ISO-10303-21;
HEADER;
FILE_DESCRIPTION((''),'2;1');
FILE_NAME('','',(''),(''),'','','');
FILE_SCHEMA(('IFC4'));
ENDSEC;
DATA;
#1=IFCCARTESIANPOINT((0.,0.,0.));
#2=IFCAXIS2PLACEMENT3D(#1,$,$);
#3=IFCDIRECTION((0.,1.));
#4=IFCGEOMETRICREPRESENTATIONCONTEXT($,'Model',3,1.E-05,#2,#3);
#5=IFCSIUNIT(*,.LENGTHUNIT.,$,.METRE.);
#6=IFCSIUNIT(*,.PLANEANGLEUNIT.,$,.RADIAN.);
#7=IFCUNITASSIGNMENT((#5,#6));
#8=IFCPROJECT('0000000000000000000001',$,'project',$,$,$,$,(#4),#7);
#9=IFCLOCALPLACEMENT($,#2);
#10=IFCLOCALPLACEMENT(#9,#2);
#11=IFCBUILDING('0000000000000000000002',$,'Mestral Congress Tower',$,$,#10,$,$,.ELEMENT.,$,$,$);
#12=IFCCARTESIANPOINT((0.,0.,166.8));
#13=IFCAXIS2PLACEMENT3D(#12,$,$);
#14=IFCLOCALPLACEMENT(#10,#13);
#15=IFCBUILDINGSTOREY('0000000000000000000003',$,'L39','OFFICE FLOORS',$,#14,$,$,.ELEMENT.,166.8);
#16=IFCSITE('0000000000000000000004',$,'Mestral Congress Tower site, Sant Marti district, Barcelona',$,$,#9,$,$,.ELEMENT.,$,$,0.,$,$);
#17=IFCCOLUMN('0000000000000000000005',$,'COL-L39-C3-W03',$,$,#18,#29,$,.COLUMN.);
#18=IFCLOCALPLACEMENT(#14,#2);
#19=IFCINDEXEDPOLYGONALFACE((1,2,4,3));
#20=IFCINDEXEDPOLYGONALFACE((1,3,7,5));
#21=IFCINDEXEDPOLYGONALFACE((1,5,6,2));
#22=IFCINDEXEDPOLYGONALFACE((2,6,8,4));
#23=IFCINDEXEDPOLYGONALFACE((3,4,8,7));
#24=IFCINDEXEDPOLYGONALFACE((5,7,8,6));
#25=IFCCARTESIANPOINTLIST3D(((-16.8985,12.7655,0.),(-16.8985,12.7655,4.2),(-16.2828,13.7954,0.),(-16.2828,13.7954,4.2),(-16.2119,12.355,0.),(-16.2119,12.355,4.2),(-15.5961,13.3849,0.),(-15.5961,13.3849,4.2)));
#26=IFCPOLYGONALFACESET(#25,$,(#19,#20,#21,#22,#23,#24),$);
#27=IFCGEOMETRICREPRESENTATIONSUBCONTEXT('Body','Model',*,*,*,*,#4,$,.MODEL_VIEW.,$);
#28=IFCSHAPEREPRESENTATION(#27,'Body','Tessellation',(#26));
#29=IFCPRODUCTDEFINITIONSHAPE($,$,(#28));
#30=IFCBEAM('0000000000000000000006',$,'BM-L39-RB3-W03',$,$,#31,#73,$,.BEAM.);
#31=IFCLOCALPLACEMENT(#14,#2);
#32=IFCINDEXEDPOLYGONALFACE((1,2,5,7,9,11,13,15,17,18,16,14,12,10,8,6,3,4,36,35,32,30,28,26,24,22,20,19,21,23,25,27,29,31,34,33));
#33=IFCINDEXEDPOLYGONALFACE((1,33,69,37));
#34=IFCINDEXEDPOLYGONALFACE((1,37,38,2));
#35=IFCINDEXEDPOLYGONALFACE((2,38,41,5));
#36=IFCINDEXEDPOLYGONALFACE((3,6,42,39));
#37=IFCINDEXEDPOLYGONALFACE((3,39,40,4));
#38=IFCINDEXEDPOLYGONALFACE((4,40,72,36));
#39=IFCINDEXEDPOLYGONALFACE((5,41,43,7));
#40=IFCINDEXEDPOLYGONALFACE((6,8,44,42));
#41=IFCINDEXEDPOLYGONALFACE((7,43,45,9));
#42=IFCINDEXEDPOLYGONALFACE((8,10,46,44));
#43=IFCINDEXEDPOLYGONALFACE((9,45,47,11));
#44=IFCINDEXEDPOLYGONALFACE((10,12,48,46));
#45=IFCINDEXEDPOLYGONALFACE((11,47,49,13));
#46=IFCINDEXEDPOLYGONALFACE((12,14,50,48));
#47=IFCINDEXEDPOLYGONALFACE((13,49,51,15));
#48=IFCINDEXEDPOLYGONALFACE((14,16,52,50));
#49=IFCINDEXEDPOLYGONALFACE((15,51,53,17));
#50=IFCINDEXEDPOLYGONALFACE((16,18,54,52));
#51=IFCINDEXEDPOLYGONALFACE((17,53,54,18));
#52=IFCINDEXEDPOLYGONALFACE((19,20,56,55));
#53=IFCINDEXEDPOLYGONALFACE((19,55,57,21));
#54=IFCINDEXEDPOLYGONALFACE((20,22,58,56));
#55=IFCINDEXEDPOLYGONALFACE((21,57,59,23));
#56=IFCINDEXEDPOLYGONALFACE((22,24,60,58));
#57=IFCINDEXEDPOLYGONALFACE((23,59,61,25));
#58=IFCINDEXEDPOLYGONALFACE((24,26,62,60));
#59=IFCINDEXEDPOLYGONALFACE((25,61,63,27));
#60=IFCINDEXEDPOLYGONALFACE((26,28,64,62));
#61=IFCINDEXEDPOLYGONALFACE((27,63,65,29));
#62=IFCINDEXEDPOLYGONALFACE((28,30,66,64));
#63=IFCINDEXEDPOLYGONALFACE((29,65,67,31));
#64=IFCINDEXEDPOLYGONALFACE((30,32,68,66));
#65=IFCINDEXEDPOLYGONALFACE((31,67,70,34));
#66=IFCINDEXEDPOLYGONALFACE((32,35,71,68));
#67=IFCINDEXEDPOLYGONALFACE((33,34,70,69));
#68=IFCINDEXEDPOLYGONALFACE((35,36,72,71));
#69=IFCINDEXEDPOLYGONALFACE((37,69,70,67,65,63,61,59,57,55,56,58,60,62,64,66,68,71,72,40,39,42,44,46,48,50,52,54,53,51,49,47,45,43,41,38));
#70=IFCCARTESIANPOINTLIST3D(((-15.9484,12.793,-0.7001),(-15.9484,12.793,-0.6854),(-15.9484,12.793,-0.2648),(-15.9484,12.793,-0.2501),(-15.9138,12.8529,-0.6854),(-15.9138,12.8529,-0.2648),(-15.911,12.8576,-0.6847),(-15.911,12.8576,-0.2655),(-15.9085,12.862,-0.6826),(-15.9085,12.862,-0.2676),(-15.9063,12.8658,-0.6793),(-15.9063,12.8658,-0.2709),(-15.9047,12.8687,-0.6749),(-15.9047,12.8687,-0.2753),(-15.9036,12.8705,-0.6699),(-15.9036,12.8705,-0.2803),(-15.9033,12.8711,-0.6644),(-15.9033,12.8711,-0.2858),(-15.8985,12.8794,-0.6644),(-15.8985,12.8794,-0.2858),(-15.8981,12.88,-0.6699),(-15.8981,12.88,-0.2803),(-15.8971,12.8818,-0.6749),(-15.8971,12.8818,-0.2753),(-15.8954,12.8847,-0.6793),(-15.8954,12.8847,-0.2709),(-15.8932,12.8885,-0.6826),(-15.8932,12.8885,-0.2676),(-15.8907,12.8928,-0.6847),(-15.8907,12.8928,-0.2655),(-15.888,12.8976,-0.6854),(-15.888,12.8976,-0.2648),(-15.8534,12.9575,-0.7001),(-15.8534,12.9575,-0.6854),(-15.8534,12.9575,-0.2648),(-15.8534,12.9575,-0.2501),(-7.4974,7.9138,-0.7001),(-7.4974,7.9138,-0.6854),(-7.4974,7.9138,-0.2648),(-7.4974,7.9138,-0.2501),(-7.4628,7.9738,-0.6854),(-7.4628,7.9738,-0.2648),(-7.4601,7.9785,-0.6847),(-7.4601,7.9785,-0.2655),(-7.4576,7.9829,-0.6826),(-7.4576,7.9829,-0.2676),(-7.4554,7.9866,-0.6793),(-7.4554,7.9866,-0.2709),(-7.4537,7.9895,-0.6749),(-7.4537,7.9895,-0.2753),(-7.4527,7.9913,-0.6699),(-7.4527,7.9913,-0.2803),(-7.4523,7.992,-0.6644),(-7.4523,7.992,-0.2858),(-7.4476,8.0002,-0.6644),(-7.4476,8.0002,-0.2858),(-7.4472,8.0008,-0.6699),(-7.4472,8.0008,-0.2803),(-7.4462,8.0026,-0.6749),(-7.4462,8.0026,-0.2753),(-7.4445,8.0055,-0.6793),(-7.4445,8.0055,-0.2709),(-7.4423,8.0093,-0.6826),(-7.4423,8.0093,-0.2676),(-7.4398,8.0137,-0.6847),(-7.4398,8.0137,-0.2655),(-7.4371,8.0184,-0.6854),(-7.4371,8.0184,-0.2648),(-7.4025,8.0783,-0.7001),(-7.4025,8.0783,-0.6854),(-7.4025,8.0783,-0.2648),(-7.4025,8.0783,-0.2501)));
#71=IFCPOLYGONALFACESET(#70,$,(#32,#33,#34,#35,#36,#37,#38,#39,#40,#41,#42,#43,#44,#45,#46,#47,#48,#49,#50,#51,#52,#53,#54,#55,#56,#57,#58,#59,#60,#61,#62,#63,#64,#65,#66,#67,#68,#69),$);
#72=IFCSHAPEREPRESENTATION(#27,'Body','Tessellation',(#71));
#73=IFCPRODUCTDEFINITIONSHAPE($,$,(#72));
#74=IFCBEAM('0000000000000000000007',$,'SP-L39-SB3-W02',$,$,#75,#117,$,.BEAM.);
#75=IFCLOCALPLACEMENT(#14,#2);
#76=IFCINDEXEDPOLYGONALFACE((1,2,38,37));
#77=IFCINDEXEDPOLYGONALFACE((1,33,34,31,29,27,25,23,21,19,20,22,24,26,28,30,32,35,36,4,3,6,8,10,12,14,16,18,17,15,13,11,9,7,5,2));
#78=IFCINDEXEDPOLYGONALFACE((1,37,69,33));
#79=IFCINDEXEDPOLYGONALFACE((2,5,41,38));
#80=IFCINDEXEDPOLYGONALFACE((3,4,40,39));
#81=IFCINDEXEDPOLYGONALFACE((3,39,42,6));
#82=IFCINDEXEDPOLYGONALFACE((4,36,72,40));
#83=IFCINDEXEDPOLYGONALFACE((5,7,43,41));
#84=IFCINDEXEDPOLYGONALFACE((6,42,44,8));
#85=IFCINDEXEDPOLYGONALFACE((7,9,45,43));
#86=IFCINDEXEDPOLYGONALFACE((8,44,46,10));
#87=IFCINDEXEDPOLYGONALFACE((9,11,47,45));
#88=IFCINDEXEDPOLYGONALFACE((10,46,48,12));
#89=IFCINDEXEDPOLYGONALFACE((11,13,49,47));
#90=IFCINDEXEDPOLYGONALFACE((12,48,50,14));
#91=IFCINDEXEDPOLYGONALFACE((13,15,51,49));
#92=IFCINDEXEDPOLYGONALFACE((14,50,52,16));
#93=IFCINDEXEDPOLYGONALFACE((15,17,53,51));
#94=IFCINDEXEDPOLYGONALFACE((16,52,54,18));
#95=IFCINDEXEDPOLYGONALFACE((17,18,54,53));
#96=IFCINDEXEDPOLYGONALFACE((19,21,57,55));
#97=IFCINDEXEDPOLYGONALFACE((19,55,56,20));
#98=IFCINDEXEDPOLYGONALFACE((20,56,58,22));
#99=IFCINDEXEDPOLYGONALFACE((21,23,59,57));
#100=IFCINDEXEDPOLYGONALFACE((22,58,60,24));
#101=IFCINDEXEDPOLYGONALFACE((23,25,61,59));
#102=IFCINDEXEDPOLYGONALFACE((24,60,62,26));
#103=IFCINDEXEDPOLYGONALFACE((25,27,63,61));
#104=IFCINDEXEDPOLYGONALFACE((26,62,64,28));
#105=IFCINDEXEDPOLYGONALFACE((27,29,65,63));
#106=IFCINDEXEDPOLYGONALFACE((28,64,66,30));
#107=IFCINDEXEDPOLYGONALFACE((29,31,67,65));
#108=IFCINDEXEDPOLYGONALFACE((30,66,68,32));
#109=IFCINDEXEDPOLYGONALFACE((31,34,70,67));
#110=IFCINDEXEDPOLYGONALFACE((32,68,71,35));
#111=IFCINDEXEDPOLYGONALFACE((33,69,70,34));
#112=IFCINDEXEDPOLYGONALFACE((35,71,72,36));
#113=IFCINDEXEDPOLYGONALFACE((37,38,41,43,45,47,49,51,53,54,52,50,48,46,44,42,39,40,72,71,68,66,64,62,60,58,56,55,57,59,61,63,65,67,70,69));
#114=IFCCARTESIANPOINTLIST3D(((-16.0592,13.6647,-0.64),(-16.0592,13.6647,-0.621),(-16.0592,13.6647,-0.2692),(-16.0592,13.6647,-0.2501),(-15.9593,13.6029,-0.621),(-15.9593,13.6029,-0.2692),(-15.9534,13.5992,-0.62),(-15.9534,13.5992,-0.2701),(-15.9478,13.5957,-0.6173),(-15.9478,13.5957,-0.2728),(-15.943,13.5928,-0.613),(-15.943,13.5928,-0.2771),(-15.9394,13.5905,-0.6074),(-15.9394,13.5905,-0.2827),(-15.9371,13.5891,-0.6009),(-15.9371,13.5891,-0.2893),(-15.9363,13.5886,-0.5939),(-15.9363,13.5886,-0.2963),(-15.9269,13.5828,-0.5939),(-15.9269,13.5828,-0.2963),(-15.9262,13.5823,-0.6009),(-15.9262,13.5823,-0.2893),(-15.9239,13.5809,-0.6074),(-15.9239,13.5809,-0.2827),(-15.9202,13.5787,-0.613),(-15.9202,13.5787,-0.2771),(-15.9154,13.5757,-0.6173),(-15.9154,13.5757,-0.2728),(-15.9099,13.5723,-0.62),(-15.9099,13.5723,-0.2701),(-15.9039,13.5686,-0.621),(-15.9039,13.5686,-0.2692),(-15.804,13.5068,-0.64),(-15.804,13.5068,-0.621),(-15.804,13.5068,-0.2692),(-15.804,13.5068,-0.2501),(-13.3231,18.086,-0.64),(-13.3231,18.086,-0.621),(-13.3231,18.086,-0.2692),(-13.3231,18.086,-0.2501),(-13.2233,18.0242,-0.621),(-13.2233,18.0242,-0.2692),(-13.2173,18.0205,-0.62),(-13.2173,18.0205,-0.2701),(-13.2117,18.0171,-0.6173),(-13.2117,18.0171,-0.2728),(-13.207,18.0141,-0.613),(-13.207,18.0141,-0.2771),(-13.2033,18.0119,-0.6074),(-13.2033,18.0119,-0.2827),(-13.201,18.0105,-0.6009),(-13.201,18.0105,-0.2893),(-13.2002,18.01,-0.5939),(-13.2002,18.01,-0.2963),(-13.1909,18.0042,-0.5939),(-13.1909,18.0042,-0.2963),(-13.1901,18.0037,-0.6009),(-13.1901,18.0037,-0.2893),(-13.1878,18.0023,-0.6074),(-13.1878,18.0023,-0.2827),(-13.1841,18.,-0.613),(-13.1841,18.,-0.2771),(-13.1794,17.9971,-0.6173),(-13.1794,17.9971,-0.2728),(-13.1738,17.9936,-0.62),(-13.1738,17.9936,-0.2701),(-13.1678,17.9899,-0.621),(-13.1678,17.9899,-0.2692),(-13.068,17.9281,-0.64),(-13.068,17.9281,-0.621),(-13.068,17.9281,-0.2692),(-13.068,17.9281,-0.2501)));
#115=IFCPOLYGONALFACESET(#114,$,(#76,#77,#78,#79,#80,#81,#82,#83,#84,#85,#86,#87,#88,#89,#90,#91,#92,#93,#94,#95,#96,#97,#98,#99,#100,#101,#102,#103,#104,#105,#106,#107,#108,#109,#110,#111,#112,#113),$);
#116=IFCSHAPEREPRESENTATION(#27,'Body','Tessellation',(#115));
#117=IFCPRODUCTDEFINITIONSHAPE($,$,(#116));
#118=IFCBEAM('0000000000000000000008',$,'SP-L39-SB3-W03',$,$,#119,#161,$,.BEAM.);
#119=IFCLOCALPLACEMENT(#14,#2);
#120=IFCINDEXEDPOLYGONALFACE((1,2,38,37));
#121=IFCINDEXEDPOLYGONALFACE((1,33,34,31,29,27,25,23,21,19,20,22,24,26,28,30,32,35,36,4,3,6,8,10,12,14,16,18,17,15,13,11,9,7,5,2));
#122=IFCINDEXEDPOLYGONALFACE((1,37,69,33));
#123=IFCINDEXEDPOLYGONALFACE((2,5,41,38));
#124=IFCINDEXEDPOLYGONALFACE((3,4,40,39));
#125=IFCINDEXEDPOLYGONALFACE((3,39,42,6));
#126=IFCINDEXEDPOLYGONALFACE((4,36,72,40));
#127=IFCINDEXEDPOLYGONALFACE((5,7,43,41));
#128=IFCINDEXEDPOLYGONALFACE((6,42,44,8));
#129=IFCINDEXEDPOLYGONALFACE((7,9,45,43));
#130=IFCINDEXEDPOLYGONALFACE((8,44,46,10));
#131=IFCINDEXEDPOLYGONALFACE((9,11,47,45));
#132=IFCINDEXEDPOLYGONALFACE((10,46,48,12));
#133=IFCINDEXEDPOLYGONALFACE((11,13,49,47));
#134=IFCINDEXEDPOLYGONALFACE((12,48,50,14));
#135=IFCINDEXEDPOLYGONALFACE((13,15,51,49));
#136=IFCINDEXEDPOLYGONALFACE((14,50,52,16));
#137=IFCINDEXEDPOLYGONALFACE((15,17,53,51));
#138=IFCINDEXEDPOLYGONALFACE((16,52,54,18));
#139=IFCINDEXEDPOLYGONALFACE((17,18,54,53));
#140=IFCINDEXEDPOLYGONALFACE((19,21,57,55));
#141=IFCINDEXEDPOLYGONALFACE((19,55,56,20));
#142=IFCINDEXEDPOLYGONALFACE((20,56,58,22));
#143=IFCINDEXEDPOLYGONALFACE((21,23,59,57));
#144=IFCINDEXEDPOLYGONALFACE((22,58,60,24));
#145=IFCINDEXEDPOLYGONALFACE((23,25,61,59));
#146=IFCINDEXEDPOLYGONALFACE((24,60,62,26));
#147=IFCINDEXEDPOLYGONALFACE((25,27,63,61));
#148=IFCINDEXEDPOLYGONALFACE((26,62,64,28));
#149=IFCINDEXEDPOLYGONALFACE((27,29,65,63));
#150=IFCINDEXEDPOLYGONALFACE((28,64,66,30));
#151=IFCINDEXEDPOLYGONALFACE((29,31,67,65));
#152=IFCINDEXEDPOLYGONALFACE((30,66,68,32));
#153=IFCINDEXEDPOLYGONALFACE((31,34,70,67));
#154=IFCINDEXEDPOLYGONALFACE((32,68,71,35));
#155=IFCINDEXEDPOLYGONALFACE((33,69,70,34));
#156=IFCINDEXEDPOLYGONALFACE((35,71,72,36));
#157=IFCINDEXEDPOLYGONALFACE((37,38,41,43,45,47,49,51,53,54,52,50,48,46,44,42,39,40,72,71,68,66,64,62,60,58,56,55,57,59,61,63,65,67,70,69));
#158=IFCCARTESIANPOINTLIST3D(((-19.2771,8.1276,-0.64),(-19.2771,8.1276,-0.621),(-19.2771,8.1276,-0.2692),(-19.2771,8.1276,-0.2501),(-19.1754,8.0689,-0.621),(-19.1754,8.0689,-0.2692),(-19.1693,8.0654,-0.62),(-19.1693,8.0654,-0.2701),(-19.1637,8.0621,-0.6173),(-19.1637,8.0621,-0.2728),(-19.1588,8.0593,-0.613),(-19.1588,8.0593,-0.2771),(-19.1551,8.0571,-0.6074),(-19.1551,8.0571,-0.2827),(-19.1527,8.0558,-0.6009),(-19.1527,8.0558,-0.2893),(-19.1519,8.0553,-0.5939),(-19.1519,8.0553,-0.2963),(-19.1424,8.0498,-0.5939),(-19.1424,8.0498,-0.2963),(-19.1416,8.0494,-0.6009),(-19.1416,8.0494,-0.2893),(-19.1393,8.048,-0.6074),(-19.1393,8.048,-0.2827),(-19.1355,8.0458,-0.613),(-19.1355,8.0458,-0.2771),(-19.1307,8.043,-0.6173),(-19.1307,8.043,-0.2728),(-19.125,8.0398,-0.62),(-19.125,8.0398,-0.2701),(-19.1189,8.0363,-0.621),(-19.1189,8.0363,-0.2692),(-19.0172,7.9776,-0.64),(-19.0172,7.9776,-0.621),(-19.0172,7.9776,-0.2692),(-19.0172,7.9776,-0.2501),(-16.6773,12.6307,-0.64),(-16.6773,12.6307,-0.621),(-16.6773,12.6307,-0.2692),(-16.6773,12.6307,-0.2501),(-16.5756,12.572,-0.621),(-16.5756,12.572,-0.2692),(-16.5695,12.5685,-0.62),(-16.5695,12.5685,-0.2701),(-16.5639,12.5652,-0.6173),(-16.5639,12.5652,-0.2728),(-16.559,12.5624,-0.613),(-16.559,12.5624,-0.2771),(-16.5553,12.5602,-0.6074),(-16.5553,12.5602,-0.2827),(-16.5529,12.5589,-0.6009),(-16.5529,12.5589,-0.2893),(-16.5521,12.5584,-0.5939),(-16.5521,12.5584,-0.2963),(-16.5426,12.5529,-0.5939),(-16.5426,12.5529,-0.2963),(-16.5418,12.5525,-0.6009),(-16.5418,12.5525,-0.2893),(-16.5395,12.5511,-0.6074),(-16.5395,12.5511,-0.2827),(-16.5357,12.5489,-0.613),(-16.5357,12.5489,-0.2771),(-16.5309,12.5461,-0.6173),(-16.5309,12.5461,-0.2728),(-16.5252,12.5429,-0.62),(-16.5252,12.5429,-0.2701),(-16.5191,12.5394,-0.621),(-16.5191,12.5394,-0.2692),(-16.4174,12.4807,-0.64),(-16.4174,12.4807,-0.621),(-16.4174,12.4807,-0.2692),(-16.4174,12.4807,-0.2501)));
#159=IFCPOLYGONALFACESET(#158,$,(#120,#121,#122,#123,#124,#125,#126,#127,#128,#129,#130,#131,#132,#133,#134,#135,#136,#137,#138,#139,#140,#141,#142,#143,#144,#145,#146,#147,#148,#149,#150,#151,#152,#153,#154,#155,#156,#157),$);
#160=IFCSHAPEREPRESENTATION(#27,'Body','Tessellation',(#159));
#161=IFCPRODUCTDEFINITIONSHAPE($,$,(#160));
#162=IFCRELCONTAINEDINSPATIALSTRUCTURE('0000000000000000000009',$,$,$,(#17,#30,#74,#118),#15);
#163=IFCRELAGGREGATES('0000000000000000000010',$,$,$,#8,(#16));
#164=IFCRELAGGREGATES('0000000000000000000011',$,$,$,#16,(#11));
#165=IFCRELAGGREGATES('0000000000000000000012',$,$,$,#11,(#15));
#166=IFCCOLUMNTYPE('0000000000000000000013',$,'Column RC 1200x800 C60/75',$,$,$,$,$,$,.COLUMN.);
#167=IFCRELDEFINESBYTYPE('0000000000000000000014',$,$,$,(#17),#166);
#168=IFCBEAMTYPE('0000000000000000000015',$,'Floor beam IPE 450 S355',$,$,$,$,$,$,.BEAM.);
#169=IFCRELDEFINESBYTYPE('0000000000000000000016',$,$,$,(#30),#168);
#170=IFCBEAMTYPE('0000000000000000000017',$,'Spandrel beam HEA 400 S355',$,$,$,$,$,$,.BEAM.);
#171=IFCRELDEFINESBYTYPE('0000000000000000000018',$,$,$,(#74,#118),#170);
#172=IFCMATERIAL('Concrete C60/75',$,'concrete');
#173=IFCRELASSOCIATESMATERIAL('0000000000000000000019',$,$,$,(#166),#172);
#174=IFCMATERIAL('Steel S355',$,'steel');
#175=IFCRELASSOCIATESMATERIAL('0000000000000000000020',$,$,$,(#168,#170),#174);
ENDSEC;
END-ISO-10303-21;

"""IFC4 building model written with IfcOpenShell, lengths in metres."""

from ifc_helpers import new_model, si_unit, direction, frame, origin, origin_2d, place, context, subcontext, project, spatial, rectangle, i_section, extrude, material, material_profile, profile_set, type_object, element, save


model = new_model("IFC4")

# Units and contexts
model_context = context("Model", 3, precision=1e-05, world=origin(), true_north=direction((0.0, 1.0)))
body_context = subcontext(model_context, "Body", "Model", "MODEL_VIEW")
ifc_project = project(units=[si_unit("LENGTHUNIT", "METRE"), si_unit("PLANEANGLEUNIT", "RADIAN")], contexts=[model_context])

# Site, building, storey
site_placement = place(None, origin())
site = spatial("IfcSite", under=ifc_project, at=site_placement, Name="Mestral Congress Tower site, Sant Marti district, Barcelona", CompositionType="ELEMENT", RefElevation=0.0)
building_placement = place(site_placement, origin())
building = spatial("IfcBuilding", under=site, at=building_placement, Name="Mestral Congress Tower", CompositionType="ELEMENT")
storey_placement = place(building_placement, frame((0.0, 0.0, 166.8)))
storey = spatial("IfcBuildingStorey", under=building, at=storey_placement, Name="L39", Description="OFFICE FLOORS", CompositionType="ELEMENT", Elevation=166.8)

# Column
ifc_material_1 = material(Name="Concrete C60/75", Category="concrete")
ifc_material_profile_1 = material_profile(ifc_material_1, rectangle(XDim=1.2, YDim=0.8, at=origin_2d()), Name="RC 1200x800")
ifc_profile_set_1 = profile_set([ifc_material_profile_1], Name="Concrete C60/75")
column_type = type_object("IfcColumnType", Name="Column RC 1200x800 C60/75", PredefinedType="COLUMN", material=ifc_profile_set_1)
column_placement = place(storey_placement, frame((-16.2473, 13.0752, 0.0), z_axis=(0.0, 0.0, 1.0), x_axis=(-0.513159, -0.858293, 0.0)))
element("IfcColumn", 1, at=column_placement, inside=storey, type_object=column_type, Name="COL-L39-C3-W03", PredefinedType="COLUMN", context=body_context, shape_type="SweptSolid", body=[
    extrude(rectangle(XDim=1.2, YDim=0.8, at=origin_2d()), origin(), (0.0, 0.0, 1.0), 4.2),
])

# Beams
ifc_material_2 = material(Name="Steel S355", Category="steel")
ifc_material_profile_2 = material_profile(ifc_material_2, i_section(OverallWidth=0.1899, OverallDepth=0.45, WebThickness=0.0095, FlangeThickness=0.0146, FilletRadius=0.021, at=origin_2d()), Name="IPE 450")
ifc_profile_set_2 = profile_set([ifc_material_profile_2], Name="Steel S355")
beam_type_1 = type_object("IfcBeamType", Name="Floor beam IPE 450 S355", PredefinedType="BEAM", material=ifc_profile_set_2)
beam_1_placement = place(storey_placement, frame((-15.9009, 12.8752, -0.4751), z_axis=(0.866025, -0.5, 0.0), x_axis=(0.5, 0.866025, 0.0)))
element("IfcBeam", 2, at=beam_1_placement, inside=storey, type_object=beam_type_1, Name="BM-L39-RB3-W03", PredefinedType="BEAM", context=body_context, shape_type="SweptSolid", body=[
    extrude(i_section(OverallWidth=0.1899, OverallDepth=0.45, WebThickness=0.0095, FlangeThickness=0.0146, FilletRadius=0.021, at=origin_2d()), origin(), (0.0, 0.0, 1.0), 9.7583),
])
ifc_material_profile_3 = material_profile(ifc_material_2, i_section(OverallWidth=0.3, OverallDepth=0.3899, WebThickness=0.011, FlangeThickness=0.019, FilletRadius=0.0271, at=origin_2d()), Name="HEA 400")
ifc_profile_set_3 = profile_set([ifc_material_profile_3], Name="Steel S355")
beam_type_2 = type_object("IfcBeamType", Name="Spandrel beam HEA 400 S355", PredefinedType="BEAM", material=ifc_profile_set_3)
beam_2_placement = place(storey_placement, frame((-13.1956, 18.0071, -0.4451), z_axis=(-0.52622, -0.850348, 0.0), x_axis=(0.850348, -0.52622, 0.0)))
element("IfcBeam", 3, at=beam_2_placement, inside=storey, type_object=beam_type_2, Name="SP-L39-SB3-W02", PredefinedType="BEAM", context=body_context, shape_type="SweptSolid", body=[
    extrude(i_section(OverallWidth=0.3, OverallDepth=0.3899, WebThickness=0.011, FlangeThickness=0.019, FilletRadius=0.0271, at=origin_2d()), origin(), (0.0, 0.0, 1.0), 5.1995),
])
beam_3_placement = place(storey_placement, frame((-16.5474, 12.5557, -0.4451), z_axis=(-0.499992, -0.86603, 0.0), x_axis=(0.86603, -0.499992, 0.0)))
element("IfcBeam", 4, at=beam_3_placement, inside=storey, type_object=beam_type_2, Name="SP-L39-SB3-W03", PredefinedType="BEAM", context=body_context, shape_type="SweptSolid", body=[
    extrude(i_section(OverallWidth=0.3, OverallDepth=0.3899, WebThickness=0.011, FlangeThickness=0.019, FilletRadius=0.0271, at=origin_2d()), origin(), (0.0, 0.0, 1.0), 5.1997),
])

save(model, "model.ifc")
